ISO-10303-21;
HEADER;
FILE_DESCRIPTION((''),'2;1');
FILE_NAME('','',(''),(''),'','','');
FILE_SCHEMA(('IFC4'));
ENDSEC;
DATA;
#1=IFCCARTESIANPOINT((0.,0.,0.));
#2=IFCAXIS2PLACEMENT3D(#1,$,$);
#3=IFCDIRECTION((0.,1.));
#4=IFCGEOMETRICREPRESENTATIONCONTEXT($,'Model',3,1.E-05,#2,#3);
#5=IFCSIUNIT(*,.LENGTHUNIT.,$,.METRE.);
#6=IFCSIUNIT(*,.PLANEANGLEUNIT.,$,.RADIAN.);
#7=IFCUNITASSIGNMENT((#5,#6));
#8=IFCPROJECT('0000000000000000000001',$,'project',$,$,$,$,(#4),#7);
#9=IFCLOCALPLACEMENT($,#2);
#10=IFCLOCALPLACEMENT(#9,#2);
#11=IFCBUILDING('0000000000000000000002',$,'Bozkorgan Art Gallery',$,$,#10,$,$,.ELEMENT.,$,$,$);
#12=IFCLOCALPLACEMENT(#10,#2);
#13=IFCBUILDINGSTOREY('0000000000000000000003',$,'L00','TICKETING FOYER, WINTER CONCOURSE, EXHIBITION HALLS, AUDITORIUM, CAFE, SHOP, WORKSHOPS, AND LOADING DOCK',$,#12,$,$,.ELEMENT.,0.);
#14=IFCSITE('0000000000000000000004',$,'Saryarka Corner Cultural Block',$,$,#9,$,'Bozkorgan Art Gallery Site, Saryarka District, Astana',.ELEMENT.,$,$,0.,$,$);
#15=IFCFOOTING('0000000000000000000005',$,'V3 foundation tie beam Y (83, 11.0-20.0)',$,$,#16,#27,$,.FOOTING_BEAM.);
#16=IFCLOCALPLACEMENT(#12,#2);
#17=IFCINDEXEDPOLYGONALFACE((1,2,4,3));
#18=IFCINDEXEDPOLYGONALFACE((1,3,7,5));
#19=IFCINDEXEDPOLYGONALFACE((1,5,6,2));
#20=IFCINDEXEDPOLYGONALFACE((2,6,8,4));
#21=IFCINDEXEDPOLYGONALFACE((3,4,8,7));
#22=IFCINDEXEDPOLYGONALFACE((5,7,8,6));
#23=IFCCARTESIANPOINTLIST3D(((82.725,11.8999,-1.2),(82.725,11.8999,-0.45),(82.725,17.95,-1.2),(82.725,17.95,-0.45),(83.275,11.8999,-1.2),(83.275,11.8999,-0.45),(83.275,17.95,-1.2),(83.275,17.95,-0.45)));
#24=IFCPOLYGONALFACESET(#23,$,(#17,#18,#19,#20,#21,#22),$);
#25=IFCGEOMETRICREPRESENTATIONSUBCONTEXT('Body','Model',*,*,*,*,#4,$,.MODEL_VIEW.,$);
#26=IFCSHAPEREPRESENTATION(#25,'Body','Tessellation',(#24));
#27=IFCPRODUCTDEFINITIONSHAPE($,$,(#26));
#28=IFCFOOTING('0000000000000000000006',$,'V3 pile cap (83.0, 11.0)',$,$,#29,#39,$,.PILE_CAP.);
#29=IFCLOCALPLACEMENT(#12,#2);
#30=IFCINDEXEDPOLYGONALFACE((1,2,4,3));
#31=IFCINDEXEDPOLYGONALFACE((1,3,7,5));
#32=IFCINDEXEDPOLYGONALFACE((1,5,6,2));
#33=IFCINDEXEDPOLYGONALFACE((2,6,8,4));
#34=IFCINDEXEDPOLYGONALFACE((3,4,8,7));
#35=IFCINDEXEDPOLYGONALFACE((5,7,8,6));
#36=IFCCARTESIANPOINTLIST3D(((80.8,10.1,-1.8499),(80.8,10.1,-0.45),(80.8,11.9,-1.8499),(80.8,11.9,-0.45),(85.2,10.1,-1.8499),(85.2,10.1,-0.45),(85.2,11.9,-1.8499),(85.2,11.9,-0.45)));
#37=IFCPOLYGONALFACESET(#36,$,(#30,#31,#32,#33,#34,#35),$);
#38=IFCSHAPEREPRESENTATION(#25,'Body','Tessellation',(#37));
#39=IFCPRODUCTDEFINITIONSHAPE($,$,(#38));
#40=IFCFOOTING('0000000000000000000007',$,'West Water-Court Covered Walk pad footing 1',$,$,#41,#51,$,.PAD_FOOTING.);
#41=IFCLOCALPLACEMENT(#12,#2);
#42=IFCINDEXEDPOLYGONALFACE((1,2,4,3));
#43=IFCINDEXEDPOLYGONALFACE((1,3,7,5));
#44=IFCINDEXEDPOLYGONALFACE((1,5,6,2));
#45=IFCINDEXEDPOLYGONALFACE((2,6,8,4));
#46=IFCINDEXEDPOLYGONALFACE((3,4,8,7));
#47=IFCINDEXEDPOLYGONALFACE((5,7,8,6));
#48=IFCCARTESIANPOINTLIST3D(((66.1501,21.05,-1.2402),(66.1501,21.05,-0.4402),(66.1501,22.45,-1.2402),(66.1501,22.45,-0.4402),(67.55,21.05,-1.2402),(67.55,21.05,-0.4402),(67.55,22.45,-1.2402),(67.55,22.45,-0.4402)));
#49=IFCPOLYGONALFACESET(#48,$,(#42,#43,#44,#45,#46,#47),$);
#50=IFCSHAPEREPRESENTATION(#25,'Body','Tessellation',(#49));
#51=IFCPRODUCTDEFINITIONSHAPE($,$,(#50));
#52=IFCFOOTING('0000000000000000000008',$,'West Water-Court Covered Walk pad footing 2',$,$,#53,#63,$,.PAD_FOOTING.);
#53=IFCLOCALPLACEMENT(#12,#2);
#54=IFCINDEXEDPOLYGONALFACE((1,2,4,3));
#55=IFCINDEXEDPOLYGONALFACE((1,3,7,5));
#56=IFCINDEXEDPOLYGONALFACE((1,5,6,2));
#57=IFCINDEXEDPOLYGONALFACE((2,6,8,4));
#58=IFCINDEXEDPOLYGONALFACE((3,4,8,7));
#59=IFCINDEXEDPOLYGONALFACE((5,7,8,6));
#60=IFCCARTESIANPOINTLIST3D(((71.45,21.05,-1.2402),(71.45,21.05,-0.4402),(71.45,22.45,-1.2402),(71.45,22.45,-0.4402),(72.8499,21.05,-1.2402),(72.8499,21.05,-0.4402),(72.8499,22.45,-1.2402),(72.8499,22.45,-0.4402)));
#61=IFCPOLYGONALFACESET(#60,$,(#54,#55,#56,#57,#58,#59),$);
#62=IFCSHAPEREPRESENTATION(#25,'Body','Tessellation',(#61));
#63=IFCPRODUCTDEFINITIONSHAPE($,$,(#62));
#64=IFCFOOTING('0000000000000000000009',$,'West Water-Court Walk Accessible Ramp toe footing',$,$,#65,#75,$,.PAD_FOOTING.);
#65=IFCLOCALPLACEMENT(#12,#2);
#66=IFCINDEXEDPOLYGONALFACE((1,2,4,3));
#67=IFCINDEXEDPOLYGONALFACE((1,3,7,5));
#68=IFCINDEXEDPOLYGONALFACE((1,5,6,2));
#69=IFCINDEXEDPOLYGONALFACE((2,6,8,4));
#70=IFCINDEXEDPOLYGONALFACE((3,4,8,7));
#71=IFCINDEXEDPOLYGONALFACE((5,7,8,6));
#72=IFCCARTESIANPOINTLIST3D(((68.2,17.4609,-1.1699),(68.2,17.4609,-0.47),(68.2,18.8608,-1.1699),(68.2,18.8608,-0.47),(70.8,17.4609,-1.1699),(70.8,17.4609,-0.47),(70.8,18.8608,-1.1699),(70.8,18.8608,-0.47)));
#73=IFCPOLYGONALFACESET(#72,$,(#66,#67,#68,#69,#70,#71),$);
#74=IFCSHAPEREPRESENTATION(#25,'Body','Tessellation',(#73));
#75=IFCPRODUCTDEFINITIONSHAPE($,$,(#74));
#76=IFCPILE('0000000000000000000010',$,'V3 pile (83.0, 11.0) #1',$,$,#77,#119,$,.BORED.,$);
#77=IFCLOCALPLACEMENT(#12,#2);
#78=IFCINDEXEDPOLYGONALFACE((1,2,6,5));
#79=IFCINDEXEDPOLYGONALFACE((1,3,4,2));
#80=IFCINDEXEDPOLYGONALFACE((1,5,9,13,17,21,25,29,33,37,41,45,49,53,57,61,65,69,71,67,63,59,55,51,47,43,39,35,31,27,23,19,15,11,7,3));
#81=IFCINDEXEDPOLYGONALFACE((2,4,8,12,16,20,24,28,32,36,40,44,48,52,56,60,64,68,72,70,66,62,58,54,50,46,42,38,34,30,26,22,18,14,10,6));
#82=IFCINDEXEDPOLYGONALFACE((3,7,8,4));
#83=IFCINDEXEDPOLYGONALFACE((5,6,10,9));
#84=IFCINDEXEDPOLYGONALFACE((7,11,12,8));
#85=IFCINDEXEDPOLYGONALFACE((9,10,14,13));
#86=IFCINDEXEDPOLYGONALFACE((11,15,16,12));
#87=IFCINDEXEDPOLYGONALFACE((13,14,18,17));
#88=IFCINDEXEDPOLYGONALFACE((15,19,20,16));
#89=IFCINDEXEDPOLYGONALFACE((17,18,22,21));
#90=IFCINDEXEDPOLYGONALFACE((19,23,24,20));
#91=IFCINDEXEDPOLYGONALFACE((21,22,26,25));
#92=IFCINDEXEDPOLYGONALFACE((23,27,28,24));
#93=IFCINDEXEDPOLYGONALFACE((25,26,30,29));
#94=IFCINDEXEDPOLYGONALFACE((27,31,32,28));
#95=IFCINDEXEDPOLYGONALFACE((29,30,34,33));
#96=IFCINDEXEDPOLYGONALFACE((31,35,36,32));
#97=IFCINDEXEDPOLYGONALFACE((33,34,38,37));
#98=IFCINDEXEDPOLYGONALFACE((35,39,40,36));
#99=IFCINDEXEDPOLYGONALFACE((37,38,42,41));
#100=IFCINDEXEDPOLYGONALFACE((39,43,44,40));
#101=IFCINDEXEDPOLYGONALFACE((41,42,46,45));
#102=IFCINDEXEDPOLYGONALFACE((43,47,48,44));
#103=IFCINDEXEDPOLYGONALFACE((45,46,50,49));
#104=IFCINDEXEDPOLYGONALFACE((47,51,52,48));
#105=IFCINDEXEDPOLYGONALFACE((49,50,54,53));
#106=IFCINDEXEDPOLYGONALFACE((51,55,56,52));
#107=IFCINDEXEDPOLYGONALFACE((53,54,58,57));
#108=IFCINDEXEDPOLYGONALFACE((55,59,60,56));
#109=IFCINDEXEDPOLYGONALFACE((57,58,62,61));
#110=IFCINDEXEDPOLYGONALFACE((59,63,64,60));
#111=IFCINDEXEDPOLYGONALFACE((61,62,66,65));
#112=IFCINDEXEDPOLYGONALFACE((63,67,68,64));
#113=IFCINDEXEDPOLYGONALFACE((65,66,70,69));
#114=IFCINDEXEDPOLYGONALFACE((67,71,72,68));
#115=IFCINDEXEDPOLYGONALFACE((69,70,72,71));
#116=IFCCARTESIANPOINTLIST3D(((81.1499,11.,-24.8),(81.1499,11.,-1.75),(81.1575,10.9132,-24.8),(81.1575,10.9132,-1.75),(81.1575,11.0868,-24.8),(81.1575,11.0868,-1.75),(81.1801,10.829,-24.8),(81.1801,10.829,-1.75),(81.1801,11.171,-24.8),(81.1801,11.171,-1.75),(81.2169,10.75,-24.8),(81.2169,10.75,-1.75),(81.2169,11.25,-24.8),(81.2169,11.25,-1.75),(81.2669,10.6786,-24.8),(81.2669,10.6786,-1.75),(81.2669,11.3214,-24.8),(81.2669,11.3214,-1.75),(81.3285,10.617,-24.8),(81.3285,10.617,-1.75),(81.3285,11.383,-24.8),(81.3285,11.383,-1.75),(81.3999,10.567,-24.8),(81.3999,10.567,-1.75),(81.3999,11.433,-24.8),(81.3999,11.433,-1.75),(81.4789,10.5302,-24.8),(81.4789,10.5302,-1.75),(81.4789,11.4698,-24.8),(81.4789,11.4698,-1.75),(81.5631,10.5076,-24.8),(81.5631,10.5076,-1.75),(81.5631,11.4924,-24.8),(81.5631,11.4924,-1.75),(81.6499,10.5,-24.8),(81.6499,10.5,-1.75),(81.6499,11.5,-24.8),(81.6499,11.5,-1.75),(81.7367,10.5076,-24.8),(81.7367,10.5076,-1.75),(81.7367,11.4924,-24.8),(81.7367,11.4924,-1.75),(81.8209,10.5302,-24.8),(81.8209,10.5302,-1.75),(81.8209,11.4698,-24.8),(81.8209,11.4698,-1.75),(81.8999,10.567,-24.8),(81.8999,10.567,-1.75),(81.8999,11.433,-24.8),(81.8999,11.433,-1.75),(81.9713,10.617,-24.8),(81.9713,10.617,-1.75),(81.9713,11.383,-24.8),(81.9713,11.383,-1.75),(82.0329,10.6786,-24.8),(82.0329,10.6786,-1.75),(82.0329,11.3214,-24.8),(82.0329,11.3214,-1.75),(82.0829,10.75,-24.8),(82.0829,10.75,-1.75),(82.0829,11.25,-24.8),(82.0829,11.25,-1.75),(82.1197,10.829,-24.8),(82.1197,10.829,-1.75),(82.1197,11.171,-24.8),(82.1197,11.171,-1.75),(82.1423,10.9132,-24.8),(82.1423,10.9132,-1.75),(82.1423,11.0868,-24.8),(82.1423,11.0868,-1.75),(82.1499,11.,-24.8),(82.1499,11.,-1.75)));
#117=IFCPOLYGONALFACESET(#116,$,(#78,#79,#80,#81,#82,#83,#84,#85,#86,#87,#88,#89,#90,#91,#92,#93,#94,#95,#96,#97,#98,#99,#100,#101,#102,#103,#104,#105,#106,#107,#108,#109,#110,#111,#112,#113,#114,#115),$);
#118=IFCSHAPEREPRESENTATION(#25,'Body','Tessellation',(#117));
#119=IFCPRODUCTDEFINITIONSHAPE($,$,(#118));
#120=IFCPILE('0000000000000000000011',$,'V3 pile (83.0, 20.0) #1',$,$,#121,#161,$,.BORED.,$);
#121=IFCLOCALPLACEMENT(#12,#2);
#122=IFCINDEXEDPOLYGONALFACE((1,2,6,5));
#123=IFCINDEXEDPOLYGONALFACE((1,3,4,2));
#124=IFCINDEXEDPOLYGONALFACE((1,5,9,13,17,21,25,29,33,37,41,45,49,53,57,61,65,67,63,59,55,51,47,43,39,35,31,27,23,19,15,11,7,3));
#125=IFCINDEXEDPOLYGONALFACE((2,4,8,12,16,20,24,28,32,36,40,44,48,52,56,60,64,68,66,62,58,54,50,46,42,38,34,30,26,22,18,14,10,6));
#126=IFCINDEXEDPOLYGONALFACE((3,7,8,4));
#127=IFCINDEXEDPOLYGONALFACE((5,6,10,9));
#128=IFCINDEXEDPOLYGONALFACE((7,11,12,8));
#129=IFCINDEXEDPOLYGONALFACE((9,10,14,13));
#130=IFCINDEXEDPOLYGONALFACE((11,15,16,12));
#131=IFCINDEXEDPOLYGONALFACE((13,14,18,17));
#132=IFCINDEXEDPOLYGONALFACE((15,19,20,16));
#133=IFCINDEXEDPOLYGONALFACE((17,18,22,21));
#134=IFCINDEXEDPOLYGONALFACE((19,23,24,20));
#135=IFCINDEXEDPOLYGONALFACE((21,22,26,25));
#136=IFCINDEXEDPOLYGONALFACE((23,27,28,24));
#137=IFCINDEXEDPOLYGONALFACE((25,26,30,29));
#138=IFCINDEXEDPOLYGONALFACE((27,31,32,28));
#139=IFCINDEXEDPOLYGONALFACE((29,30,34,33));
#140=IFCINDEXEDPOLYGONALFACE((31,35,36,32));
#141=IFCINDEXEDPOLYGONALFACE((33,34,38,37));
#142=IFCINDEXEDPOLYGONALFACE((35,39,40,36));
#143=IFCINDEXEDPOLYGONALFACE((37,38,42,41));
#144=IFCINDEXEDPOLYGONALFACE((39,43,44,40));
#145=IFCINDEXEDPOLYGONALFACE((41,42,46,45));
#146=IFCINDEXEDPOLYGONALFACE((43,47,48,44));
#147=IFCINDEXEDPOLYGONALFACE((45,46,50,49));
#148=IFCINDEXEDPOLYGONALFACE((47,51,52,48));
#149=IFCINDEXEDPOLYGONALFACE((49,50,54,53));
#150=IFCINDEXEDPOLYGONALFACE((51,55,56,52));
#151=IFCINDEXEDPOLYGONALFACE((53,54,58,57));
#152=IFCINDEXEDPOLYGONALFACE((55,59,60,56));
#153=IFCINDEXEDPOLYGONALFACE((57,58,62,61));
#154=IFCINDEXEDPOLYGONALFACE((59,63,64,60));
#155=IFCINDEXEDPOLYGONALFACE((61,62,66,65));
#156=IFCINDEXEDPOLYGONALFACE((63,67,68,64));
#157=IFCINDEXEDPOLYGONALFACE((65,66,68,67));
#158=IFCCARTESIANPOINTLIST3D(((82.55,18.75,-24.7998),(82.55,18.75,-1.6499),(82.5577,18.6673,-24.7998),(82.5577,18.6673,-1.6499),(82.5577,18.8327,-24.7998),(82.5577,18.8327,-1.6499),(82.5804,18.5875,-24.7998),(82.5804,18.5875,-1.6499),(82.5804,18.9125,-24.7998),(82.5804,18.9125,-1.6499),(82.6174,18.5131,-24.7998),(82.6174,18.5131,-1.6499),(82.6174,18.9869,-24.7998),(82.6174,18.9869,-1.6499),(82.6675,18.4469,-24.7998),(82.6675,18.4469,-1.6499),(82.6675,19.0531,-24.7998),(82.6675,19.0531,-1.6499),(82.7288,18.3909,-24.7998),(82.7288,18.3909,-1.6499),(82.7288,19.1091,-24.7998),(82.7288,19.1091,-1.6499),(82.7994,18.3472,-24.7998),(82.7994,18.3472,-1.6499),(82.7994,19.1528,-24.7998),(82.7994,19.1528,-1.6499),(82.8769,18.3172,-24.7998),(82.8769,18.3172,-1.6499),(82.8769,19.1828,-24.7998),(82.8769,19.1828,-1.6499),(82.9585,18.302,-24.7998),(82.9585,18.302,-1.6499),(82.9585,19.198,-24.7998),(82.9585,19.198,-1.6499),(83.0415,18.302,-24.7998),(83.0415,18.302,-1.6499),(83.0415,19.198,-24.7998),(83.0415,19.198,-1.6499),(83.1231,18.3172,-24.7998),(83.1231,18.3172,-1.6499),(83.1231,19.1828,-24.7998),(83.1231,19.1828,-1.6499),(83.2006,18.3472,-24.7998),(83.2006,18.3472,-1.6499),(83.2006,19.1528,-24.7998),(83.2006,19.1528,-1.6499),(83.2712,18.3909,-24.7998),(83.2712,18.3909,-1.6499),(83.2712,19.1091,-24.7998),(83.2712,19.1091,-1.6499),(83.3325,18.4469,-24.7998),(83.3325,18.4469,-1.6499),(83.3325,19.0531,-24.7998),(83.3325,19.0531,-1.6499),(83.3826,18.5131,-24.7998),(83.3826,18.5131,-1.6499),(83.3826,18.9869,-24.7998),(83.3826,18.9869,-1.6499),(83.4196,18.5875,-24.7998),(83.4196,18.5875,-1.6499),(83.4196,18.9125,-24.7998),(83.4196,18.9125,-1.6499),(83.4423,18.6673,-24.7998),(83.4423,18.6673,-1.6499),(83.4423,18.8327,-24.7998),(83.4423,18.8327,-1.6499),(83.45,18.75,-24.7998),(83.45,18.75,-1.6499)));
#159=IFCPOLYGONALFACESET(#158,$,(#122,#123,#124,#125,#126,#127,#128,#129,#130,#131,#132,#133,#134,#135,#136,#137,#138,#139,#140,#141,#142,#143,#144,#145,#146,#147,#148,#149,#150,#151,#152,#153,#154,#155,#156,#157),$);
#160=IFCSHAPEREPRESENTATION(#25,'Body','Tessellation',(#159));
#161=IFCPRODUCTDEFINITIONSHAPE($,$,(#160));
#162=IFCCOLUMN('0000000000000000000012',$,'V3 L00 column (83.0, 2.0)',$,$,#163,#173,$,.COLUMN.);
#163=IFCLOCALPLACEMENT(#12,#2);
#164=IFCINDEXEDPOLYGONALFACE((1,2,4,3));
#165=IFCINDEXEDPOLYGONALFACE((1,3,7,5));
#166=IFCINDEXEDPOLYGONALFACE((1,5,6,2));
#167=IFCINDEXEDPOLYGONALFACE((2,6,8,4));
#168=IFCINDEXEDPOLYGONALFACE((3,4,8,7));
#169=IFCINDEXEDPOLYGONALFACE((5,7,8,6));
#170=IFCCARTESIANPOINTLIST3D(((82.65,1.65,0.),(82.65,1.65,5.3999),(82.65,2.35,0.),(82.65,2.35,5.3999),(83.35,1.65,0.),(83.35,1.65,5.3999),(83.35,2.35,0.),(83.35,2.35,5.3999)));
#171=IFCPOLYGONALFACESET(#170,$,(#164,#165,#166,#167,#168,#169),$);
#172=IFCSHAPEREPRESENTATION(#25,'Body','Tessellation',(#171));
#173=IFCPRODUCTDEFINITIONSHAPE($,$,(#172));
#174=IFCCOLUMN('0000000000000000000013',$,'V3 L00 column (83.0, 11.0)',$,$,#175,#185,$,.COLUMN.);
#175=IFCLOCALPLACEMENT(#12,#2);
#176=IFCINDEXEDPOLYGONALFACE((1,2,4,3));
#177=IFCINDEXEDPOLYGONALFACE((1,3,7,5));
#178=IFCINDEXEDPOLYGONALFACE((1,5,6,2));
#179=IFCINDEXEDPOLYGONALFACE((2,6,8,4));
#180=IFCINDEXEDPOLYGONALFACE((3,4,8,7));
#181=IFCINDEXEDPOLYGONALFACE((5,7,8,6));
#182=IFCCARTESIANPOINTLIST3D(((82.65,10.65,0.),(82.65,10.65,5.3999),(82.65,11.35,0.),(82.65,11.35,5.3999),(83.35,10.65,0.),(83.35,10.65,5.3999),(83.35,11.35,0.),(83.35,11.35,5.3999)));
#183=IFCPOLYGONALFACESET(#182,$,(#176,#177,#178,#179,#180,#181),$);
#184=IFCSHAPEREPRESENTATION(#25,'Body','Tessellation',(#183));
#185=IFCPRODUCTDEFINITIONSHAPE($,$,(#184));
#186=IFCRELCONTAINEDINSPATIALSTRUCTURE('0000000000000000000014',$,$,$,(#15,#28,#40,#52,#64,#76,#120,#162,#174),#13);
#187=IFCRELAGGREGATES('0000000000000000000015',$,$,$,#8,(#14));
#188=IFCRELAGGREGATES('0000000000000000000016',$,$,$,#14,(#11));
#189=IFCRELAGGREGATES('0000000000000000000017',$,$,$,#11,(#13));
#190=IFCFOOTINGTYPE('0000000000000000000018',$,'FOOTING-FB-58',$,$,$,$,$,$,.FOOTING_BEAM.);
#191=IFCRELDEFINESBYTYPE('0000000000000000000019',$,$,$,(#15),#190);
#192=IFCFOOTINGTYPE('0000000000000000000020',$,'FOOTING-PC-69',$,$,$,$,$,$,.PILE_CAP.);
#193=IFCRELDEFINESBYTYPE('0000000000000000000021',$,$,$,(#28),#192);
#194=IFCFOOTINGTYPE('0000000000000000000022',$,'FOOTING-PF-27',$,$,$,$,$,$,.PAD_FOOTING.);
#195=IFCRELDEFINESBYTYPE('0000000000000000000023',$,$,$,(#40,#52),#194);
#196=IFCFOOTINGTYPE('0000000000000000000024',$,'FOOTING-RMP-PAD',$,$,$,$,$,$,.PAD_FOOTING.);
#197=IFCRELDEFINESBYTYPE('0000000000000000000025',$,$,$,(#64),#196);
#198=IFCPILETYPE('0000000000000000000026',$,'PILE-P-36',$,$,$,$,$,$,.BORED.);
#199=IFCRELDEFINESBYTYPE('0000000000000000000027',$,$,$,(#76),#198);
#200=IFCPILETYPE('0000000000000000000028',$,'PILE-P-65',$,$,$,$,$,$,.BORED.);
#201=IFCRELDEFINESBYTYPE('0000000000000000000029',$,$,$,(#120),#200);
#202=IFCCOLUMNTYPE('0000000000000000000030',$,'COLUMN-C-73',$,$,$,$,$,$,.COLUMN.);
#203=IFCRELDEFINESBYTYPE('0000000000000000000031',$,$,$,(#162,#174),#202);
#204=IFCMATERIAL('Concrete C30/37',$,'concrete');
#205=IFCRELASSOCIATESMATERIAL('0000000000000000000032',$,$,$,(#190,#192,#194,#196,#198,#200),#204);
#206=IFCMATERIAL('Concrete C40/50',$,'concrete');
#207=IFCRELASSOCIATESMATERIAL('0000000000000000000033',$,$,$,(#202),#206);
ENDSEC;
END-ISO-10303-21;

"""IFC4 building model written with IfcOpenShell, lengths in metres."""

from ifc_helpers import new_model, si_unit, direction, frame, origin, origin_2d, place, context, subcontext, project, spatial, rectangle, circle, extrude, material, material_profile, profile_set, type_object, element, save


model = new_model("IFC4")

# Units and contexts
model_context = context("Model", 3, precision=1e-05, world=origin(), true_north=direction((0.0, 1.0)))
body_context = subcontext(model_context, "Body", "Model", "MODEL_VIEW")
ifc_project = project(units=[si_unit("LENGTHUNIT", "METRE"), si_unit("PLANEANGLEUNIT", "RADIAN")], contexts=[model_context])

# Site, building, storey
site_placement = place(None, origin())
site = spatial("IfcSite", under=ifc_project, at=site_placement, Name="Saryarka Corner Cultural Block", LongName="Bozkorgan Art Gallery Site, Saryarka District, Astana", CompositionType="ELEMENT", RefElevation=0.0)
building_placement = place(site_placement, origin())
building = spatial("IfcBuilding", under=site, at=building_placement, Name="Bozkorgan Art Gallery", CompositionType="ELEMENT")
storey_placement = place(building_placement, origin())
storey = spatial("IfcBuildingStorey", under=building, at=storey_placement, Name="L00", Description="TICKETING FOYER, WINTER CONCOURSE, EXHIBITION HALLS, AUDITORIUM, CAFE, SHOP, WORKSHOPS, AND LOADING DOCK", CompositionType="ELEMENT", Elevation=0.0)

# Footings
ifc_material_1 = material(Name="Concrete C30/37", Category="concrete")
ifc_material_profile_1 = material_profile(ifc_material_1, rectangle(XDim=0.55, YDim=0.75, at=origin_2d()), Name="FND 550x750")
ifc_profile_set_1 = profile_set([ifc_material_profile_1], Name="Concrete C30/37")
footing_type_1 = type_object("IfcFootingType", Name="FOOTING-FB-58", PredefinedType="FOOTING_BEAM", material=ifc_profile_set_1)
footing_1_placement = place(storey_placement, frame((83.0, 11.8999, -0.825), z_axis=(0.0, 1.0, 0.0), x_axis=(-1.0, 0.0, 0.0)))
element("IfcFooting", 1, at=footing_1_placement, inside=storey, type_object=footing_type_1, Name="V3 foundation tie beam Y (83, 11.0-20.0)", PredefinedType="FOOTING_BEAM", context=body_context, shape_type="SweptSolid", body=[
    extrude(rectangle(XDim=0.55, YDim=0.75, at=origin_2d()), origin(), (0.0, 0.0, 1.0), 6.05),
])
footing_type_2 = type_object("IfcFootingType", Name="FOOTING-PC-69", PredefinedType="PILE_CAP", material=ifc_material_1)
footing_2_placement = place(storey_placement, frame((83.0, 11.0, -1.8499), z_axis=(0.0, 0.0, 1.0), x_axis=(1.0, 0.0, 0.0)))
element("IfcFooting", 2, at=footing_2_placement, inside=storey, type_object=footing_type_2, Name="V3 pile cap (83.0, 11.0)", PredefinedType="PILE_CAP", context=body_context, shape_type="SweptSolid", body=[
    extrude(rectangle(XDim=4.3999, YDim=1.8, at=origin_2d()), origin(), (0.0, 0.0, 1.0), 1.3999),
])
footing_type_3 = type_object("IfcFootingType", Name="FOOTING-PF-27", PredefinedType="PAD_FOOTING", material=ifc_material_1)
for number, where, z_axis, x_axis, name in (
    (3, (66.8501, 21.75, -1.2402), (0.0, 0.0, 1.0), (1.0, 0.0, 0.0), "West Water-Court Covered Walk pad footing 1"),
    (4, (72.1499, 21.75, -1.2402), (0.0, 0.0, 1.0), (1.0, 0.0, 0.0), "West Water-Court Covered Walk pad footing 2"),
):
    element("IfcFooting", number, at=place(storey_placement, frame(where, z_axis=z_axis, x_axis=x_axis)), inside=storey, type_object=footing_type_3, Name=name, PredefinedType="PAD_FOOTING", context=body_context, shape_type="SweptSolid", body=[
        extrude(rectangle(XDim=1.3999, YDim=1.3999, at=origin_2d()), origin(), (0.0, 0.0, 1.0), 0.8),
    ])
footing_type_4 = type_object("IfcFootingType", Name="FOOTING-RMP-PAD", PredefinedType="PAD_FOOTING", material=ifc_material_1)
footing_3_placement = place(storey_placement, frame((69.5, 18.1609, -1.1699), z_axis=(0.0, 0.0, 1.0), x_axis=(0.0, 1.0, 0.0)))
element("IfcFooting", 5, at=footing_3_placement, inside=storey, type_object=footing_type_4, Name="West Water-Court Walk Accessible Ramp toe footing", PredefinedType="PAD_FOOTING", context=body_context, shape_type="SweptSolid", body=[
    extrude(rectangle(XDim=1.3999, YDim=2.6001, at=origin_2d()), origin(), (0.0, 0.0, 1.0), 0.7),
])

# Piles
ifc_material_profile_2 = material_profile(ifc_material_1, circle(Radius=0.5, at=origin_2d()), Name="PILE D1000")
ifc_profile_set_2 = profile_set([ifc_material_profile_2], Name="Concrete C30/37")
pile_type_1 = type_object("IfcPileType", Name="PILE-P-36", PredefinedType="BORED", material=ifc_profile_set_2)
pile_1_placement = place(storey_placement, frame((81.6499, 11.0, -1.75), z_axis=(0.0, 0.0, -1.0), x_axis=(1.0, 0.0, 0.0)))
element("IfcPile", 6, at=pile_1_placement, inside=storey, type_object=pile_type_1, Name="V3 pile (83.0, 11.0) #1", PredefinedType="BORED", context=body_context, shape_type="SweptSolid", body=[
    extrude(circle(Radius=0.5, at=origin_2d()), origin(), (0.0, 0.0, 1.0), 23.05),
])
ifc_material_profile_3 = material_profile(ifc_material_1, circle(Radius=0.45, at=origin_2d()), Name="PILE D900")
ifc_profile_set_3 = profile_set([ifc_material_profile_3], Name="Concrete C30/37")
pile_type_2 = type_object("IfcPileType", Name="PILE-P-65", PredefinedType="BORED", material=ifc_profile_set_3)
pile_2_placement = place(storey_placement, frame((83.0, 18.75, -1.6499), z_axis=(0.0, 0.0, -1.0), x_axis=(1.0, 0.0, 0.0)))
element("IfcPile", 7, at=pile_2_placement, inside=storey, type_object=pile_type_2, Name="V3 pile (83.0, 20.0) #1", PredefinedType="BORED", context=body_context, shape_type="SweptSolid", body=[
    extrude(circle(Radius=0.45, at=origin_2d()), origin(), (0.0, 0.0, 1.0), 23.1499),
])

# Columns
ifc_material_2 = material(Name="Concrete C40/50", Category="concrete")
ifc_material_profile_4 = material_profile(ifc_material_2, rectangle(XDim=0.7, YDim=0.7, at=origin_2d()), Name="RC 700x700")
ifc_profile_set_4 = profile_set([ifc_material_profile_4], Name="Concrete C40/50")
column_type_1 = type_object("IfcColumnType", Name="COLUMN-C-73", PredefinedType="COLUMN", material=ifc_profile_set_4)
for number, where, z_axis, x_axis, name in (
    (8, (83.0, 2.0, 0.0), (0.0, 0.0, 1.0), (1.0, 0.0, 0.0), "V3 L00 column (83.0, 2.0)"),
    (9, (83.0, 11.0, 0.0), (0.0, 0.0, 1.0), (1.0, 0.0, 0.0), "V3 L00 column (83.0, 11.0)"),
):
    element("IfcColumn", number, at=place(storey_placement, frame(where, z_axis=z_axis, x_axis=x_axis)), inside=storey, type_object=column_type_1, Name=name, PredefinedType="COLUMN", context=body_context, shape_type="SweptSolid", body=[
        extrude(rectangle(XDim=0.7, YDim=0.7, at=origin_2d()), origin(), (0.0, 0.0, 1.0), 5.3999),
    ])

save(model, "model.ifc")
